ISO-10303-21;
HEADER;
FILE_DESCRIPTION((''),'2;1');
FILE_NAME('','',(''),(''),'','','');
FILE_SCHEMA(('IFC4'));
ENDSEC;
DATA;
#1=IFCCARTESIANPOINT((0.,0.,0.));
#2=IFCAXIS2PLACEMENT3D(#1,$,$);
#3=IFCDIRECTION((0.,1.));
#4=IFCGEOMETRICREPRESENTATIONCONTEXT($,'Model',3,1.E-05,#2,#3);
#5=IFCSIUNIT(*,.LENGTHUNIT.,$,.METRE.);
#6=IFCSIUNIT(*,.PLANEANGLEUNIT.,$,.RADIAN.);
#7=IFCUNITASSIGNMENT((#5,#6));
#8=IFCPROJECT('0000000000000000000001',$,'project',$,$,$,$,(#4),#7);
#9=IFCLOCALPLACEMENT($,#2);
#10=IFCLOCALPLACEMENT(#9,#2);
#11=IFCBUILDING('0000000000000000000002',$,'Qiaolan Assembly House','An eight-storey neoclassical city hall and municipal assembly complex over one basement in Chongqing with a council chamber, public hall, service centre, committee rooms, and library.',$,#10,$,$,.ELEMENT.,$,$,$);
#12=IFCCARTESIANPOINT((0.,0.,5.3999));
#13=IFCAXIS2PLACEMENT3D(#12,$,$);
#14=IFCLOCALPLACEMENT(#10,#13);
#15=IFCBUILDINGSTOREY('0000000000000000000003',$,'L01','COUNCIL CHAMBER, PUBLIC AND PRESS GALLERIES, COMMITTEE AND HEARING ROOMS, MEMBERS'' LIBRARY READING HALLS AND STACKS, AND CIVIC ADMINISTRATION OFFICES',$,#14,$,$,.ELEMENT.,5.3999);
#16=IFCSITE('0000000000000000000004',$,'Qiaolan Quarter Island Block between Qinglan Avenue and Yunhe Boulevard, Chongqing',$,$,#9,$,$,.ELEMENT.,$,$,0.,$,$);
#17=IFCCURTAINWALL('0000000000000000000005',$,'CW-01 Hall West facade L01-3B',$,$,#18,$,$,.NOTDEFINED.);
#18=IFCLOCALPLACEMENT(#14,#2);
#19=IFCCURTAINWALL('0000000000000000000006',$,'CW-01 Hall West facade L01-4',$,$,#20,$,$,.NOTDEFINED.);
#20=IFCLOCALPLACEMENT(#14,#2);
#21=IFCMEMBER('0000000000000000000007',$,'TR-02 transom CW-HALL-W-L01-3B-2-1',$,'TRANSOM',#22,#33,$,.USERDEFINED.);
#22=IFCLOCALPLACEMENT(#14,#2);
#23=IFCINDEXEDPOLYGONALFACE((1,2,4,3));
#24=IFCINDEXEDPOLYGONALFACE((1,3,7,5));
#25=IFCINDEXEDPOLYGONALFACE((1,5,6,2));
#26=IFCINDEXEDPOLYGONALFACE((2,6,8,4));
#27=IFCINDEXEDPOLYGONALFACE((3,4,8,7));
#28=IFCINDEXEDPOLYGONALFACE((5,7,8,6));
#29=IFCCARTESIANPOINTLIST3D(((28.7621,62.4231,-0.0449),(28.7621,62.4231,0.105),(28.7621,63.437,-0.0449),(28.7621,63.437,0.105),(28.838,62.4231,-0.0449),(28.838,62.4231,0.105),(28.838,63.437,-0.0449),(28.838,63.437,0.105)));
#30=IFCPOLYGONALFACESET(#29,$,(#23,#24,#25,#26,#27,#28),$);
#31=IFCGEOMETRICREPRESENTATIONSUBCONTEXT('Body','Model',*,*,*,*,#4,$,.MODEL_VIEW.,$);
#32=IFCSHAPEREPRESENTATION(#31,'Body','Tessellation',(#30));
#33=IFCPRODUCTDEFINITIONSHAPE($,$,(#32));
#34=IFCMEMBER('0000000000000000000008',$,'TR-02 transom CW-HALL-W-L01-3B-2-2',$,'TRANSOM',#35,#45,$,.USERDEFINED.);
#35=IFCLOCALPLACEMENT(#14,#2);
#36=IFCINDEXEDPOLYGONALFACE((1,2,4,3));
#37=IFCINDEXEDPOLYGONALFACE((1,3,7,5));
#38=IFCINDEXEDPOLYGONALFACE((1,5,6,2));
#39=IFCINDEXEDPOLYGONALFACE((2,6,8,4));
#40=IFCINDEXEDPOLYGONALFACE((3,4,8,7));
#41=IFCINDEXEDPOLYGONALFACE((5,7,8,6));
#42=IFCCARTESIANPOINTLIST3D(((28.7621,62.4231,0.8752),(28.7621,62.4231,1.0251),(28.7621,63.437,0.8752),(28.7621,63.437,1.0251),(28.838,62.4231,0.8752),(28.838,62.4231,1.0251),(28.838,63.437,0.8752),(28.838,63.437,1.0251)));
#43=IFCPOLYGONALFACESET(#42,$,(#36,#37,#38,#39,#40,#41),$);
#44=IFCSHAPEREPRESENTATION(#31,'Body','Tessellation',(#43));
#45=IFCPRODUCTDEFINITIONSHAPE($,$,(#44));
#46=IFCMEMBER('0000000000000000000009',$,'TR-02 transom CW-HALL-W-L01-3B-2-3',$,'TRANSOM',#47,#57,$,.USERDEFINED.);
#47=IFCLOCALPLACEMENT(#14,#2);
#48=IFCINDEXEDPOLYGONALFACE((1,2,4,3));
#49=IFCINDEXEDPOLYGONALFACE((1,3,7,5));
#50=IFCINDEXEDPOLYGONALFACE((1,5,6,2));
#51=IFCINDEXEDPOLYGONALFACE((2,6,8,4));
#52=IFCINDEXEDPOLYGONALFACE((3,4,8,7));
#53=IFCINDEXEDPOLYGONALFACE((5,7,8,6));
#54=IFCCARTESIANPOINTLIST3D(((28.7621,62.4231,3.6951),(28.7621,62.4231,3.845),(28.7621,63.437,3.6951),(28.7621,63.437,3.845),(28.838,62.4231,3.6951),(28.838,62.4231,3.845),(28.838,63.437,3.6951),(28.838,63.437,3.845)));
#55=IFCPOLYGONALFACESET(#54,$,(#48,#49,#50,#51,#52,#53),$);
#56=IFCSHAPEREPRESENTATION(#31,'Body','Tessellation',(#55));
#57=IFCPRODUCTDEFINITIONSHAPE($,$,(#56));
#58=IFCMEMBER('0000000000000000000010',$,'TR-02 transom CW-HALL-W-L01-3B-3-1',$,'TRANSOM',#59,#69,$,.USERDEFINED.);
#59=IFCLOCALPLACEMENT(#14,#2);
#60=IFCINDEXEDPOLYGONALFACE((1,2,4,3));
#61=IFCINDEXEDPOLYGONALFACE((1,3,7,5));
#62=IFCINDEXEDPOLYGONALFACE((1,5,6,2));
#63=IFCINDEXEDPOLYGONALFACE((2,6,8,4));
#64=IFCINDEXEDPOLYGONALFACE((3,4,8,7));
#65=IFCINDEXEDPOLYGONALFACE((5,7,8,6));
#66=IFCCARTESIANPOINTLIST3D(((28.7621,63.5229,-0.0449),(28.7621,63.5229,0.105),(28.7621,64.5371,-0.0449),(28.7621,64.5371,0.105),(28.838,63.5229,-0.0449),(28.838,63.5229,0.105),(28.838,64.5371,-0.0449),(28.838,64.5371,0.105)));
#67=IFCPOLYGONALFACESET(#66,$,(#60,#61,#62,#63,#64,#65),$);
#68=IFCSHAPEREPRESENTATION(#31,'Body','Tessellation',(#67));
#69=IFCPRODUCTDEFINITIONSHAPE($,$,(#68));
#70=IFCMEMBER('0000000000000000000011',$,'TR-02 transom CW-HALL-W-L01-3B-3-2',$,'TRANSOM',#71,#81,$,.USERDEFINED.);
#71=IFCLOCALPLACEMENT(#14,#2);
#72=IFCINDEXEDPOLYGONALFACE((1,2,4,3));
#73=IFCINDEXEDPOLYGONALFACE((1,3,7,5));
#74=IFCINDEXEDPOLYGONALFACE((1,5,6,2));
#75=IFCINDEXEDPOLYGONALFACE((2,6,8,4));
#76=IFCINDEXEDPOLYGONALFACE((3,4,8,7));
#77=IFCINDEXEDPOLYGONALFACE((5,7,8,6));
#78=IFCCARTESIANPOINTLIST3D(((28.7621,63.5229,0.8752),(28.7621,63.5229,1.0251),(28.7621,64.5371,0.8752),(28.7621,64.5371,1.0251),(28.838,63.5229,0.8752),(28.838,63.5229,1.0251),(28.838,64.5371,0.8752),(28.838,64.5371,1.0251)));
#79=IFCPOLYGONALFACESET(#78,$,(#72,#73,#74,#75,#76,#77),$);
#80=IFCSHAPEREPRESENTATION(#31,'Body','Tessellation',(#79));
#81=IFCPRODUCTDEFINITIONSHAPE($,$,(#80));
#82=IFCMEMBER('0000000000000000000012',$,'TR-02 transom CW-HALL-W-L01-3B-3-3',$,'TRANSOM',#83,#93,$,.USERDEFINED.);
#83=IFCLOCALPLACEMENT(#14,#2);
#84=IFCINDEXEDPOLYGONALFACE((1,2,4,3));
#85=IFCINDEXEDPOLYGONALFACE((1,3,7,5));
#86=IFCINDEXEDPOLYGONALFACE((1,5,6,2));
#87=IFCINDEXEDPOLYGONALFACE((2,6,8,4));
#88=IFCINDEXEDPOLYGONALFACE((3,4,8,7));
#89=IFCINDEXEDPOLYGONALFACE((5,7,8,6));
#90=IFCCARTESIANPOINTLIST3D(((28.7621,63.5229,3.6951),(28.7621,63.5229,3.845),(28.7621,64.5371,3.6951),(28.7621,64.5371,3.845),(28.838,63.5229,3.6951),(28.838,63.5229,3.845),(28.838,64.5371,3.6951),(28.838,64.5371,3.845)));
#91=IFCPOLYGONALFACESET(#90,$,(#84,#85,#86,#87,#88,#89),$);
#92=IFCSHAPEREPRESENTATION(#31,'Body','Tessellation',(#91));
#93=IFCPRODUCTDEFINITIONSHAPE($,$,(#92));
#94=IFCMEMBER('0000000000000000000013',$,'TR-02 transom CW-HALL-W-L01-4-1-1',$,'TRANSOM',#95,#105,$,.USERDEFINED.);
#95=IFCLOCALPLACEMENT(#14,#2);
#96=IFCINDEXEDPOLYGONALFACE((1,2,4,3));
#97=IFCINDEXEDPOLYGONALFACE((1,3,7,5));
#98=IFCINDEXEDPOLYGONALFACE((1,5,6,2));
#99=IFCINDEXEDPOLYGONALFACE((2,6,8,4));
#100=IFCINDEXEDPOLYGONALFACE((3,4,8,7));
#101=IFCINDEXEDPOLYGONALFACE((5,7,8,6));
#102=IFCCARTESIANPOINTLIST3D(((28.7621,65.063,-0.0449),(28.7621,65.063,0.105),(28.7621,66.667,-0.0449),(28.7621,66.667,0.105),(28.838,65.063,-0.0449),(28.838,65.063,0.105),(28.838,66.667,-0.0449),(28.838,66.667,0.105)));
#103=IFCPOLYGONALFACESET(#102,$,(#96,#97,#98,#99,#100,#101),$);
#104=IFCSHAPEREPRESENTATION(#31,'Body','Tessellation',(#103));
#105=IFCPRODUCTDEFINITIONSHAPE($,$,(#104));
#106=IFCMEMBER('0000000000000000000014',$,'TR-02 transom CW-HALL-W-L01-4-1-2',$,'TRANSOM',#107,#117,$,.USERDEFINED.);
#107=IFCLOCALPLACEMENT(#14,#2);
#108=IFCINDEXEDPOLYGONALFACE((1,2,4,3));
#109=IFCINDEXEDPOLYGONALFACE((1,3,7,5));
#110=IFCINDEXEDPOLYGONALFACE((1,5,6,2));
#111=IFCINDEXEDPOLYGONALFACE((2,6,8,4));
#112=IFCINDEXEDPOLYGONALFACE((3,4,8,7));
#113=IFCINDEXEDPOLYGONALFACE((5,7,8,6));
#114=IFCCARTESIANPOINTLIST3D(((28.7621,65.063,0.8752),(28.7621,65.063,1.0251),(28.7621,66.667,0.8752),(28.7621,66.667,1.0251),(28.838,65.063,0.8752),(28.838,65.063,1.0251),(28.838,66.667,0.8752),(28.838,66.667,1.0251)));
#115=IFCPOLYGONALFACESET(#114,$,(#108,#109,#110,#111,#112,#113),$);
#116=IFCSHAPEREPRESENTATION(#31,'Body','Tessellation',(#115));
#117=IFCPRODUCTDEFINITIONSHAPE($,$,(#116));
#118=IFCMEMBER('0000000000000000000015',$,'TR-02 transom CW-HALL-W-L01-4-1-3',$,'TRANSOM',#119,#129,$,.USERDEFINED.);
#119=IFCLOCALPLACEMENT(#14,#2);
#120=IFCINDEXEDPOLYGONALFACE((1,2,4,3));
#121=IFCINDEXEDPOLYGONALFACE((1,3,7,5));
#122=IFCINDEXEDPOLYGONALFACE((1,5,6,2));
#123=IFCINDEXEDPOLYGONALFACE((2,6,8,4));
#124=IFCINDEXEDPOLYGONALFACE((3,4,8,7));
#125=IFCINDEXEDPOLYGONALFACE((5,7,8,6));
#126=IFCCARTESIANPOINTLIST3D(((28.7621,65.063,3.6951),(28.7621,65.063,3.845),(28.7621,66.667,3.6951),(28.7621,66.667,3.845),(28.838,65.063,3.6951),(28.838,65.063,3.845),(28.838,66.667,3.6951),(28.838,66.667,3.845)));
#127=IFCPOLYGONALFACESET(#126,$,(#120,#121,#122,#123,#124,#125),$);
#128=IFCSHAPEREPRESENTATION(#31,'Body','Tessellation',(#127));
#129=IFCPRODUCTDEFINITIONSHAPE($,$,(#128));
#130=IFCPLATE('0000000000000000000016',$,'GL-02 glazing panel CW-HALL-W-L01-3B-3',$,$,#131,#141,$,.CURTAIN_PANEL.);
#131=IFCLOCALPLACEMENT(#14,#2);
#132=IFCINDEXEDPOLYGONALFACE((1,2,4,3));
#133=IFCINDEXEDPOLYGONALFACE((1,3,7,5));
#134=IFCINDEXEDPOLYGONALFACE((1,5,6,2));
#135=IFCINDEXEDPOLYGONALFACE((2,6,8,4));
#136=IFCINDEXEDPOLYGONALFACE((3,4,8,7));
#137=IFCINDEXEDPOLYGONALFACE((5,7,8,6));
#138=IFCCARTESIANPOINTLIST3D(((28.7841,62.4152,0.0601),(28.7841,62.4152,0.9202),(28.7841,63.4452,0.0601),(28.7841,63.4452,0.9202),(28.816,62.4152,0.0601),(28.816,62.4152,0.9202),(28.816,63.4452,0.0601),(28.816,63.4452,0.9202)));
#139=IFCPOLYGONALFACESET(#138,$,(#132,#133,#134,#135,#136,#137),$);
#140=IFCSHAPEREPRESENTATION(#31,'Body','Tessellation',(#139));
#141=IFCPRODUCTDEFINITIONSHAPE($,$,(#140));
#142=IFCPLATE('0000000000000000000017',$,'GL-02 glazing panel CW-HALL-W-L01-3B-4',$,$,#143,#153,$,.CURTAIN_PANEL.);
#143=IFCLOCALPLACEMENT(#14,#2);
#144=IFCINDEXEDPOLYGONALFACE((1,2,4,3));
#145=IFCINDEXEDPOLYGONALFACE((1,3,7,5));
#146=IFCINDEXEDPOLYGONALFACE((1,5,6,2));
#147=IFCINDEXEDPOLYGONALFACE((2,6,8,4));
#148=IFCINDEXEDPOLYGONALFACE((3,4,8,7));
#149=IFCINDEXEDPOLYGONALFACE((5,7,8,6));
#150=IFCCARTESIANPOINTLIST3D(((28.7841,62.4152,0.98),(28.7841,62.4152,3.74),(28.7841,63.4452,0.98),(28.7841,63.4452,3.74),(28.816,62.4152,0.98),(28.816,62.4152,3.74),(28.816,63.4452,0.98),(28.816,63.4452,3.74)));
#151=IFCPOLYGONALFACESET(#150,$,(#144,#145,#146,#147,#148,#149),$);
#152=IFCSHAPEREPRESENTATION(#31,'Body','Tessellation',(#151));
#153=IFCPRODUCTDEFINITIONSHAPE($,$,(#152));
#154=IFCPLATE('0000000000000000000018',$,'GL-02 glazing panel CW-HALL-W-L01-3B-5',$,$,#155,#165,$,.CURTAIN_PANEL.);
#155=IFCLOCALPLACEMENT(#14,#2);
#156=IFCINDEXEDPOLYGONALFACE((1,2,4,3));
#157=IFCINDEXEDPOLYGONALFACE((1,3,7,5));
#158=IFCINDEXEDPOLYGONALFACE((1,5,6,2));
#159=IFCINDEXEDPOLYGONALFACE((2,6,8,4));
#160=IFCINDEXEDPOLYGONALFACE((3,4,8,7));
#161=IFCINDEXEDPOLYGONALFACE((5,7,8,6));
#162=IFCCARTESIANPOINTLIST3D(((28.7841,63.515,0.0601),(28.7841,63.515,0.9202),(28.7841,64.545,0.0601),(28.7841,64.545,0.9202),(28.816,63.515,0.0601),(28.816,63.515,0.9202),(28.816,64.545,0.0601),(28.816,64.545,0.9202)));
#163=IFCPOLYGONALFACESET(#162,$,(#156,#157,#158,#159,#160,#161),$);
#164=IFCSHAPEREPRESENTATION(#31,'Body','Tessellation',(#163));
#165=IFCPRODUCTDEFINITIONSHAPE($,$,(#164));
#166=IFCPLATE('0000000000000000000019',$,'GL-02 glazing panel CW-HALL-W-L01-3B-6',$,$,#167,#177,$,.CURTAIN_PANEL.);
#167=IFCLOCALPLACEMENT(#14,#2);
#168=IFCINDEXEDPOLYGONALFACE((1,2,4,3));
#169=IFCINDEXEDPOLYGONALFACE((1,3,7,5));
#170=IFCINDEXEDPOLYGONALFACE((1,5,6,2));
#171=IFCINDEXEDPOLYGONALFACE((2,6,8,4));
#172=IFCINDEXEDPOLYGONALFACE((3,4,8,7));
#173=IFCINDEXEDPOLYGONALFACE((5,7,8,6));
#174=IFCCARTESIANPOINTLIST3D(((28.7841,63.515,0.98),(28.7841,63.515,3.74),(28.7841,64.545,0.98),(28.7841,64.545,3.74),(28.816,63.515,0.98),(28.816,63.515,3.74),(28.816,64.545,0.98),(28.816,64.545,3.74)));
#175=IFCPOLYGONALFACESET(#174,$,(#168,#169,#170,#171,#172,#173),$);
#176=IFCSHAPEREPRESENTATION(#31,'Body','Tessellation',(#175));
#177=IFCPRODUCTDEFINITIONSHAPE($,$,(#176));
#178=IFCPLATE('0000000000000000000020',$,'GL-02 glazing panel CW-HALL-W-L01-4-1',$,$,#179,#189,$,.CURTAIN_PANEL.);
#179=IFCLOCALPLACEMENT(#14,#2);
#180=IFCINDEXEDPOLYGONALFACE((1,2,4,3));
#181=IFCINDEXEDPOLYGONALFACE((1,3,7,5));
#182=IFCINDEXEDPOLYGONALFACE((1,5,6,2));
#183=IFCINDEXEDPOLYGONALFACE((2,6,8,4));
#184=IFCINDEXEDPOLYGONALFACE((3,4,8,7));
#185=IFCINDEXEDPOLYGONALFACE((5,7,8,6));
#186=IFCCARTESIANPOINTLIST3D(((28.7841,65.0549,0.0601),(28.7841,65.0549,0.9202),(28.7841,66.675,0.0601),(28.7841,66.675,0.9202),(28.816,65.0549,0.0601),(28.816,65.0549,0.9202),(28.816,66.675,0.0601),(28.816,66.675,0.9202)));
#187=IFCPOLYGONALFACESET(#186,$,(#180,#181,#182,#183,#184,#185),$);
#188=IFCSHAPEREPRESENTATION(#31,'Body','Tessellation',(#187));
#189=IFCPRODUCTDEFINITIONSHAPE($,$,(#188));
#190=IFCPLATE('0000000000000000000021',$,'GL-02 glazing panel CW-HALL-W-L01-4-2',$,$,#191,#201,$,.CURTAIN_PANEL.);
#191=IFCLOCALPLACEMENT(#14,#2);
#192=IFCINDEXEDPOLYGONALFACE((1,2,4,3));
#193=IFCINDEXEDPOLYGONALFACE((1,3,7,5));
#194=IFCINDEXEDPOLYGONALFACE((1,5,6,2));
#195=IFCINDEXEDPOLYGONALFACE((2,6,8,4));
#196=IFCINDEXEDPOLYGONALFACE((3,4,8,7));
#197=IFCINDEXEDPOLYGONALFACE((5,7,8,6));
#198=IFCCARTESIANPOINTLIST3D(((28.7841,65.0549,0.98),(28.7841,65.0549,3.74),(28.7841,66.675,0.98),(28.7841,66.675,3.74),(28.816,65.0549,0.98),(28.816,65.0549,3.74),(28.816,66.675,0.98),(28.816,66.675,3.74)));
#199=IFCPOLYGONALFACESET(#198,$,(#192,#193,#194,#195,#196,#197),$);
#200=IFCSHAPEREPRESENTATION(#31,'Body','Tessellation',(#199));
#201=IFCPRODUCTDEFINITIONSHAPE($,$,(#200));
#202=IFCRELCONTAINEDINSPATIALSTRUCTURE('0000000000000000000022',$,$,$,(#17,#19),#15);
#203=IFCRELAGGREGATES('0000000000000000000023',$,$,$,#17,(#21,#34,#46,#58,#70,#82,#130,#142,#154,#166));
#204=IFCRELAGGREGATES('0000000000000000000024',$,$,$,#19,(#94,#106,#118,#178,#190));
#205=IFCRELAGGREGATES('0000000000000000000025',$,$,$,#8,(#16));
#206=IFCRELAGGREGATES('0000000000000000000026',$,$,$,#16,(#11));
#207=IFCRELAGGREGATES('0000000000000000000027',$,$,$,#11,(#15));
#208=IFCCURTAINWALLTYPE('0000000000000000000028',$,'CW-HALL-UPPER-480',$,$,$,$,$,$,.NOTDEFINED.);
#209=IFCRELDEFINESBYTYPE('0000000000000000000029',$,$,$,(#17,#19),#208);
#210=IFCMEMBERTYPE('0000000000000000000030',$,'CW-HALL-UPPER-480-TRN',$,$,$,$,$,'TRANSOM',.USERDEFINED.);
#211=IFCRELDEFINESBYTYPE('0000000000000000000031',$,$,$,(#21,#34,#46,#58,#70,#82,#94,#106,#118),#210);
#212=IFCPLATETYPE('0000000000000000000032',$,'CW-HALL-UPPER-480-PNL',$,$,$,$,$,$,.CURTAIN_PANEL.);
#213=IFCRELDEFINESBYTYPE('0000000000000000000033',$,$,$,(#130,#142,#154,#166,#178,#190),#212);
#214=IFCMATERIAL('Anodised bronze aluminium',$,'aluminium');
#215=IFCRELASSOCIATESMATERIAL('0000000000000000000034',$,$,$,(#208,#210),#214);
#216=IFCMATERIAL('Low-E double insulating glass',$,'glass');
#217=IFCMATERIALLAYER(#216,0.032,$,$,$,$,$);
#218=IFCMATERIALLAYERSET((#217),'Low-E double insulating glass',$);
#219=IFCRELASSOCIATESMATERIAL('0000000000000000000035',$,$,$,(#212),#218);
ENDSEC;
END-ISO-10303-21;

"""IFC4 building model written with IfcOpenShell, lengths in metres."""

from ifc_helpers import new_model, si_unit, direction, frame, frame_2d, origin, origin_2d, place, context, subcontext, project, spatial, rectangle, extrude, material, layer, layer_set, material_profile, profile_set, type_object, element, aggregate, save


model = new_model("IFC4")

# Units and contexts
model_context = context("Model", 3, precision=1e-05, world=origin(), true_north=direction((0.0, 1.0)))
body_context = subcontext(model_context, "Body", "Model", "MODEL_VIEW")
ifc_project = project(units=[si_unit("LENGTHUNIT", "METRE"), si_unit("PLANEANGLEUNIT", "RADIAN")], contexts=[model_context])

# Site, building, storey
site_placement = place(None, origin())
site = spatial("IfcSite", under=ifc_project, at=site_placement, Name="Qiaolan Quarter Island Block between Qinglan Avenue and Yunhe Boulevard, Chongqing", CompositionType="ELEMENT", RefElevation=0.0)
building_placement = place(site_placement, origin())
building = spatial("IfcBuilding", under=site, at=building_placement, Name="Qiaolan Assembly House", Description="An eight-storey neoclassical city hall and municipal assembly complex over one basement in Chongqing with a council chamber, public hall, service centre, committee rooms, and library.", CompositionType="ELEMENT")
storey_placement = place(building_placement, frame((0.0, 0.0, 5.3999)))
storey = spatial("IfcBuildingStorey", under=building, at=storey_placement, Name="L01", Description="COUNCIL CHAMBER, PUBLIC AND PRESS GALLERIES, COMMITTEE AND HEARING ROOMS, MEMBERS' LIBRARY READING HALLS AND STACKS, AND CIVIC ADMINISTRATION OFFICES", CompositionType="ELEMENT", Elevation=5.3999)

# Curtain walls
ifc_material_1 = material(Name="Anodised bronze aluminium", Category="aluminium")
curtain_wall_type = type_object("IfcCurtainWallType", Name="CW-HALL-UPPER-480", PredefinedType="NOTDEFINED", material=ifc_material_1)
curtain_wall_1_placement = place(storey_placement, origin())
curtain_wall_1 = element("IfcCurtainWall", 1, at=curtain_wall_1_placement, inside=storey, type_object=curtain_wall_type, Name="CW-01 Hall West facade L01-3B", PredefinedType="NOTDEFINED")
curtain_wall_2_placement = place(storey_placement, origin())
curtain_wall_2 = element("IfcCurtainWall", 2, at=curtain_wall_2_placement, inside=storey, type_object=curtain_wall_type, Name="CW-01 Hall West facade L01-4", PredefinedType="NOTDEFINED")

# Members
ifc_material_profile_1 = material_profile(ifc_material_1, rectangle(XDim=0.0759, YDim=0.1499, at=origin_2d()), Name="TRN 76x150")
ifc_profile_set_1 = profile_set([ifc_material_profile_1], Name="Anodised bronze aluminium")
member_type_1 = type_object("IfcMemberType", Name="CW-HALL-UPPER-480-TRN", ElementType="TRANSOM", PredefinedType="USERDEFINED", material=ifc_profile_set_1)
member_1_placement = place(storey_placement, frame((28.8, 62.4231, 0.03), z_axis=(0.0, 1.0, 0.0), x_axis=(-1.0, 0.0, 0.0)))
member_1 = element("IfcMember", 3, at=member_1_placement, type_object=member_type_1, Name="TR-02 transom CW-HALL-W-L01-3B-2-1", ObjectType="TRANSOM", PredefinedType="USERDEFINED", context=body_context, shape_type="SweptSolid", body=[
    extrude(rectangle(XDim=0.0759, YDim=0.1499, at=origin_2d()), origin(), (0.0, 0.0, 1.0), 1.0139),
])
member_2_placement = place(storey_placement, frame((28.8, 62.4231, 0.9502), z_axis=(0.0, 1.0, 0.0), x_axis=(-1.0, 0.0, 0.0)))
member_2 = element("IfcMember", 4, at=member_2_placement, type_object=member_type_1, Name="TR-02 transom CW-HALL-W-L01-3B-2-2", ObjectType="TRANSOM", PredefinedType="USERDEFINED", context=body_context, shape_type="SweptSolid", body=[
    extrude(rectangle(XDim=0.0759, YDim=0.1499, at=origin_2d()), origin(), (0.0, 0.0, 1.0), 1.0139),
])
member_3_placement = place(storey_placement, frame((28.8, 62.4231, 3.77), z_axis=(0.0, 1.0, 0.0), x_axis=(-1.0, 0.0, 0.0)))
member_3 = element("IfcMember", 5, at=member_3_placement, type_object=member_type_1, Name="TR-02 transom CW-HALL-W-L01-3B-2-3", ObjectType="TRANSOM", PredefinedType="USERDEFINED", context=body_context, shape_type="SweptSolid", body=[
    extrude(rectangle(XDim=0.0759, YDim=0.1499, at=origin_2d()), origin(), (0.0, 0.0, 1.0), 1.0139),
])
member_4_placement = place(storey_placement, frame((28.8, 63.5229, 0.03), z_axis=(0.0, 1.0, 0.0), x_axis=(-1.0, 0.0, 0.0)))
member_4 = element("IfcMember", 6, at=member_4_placement, type_object=member_type_1, Name="TR-02 transom CW-HALL-W-L01-3B-3-1", ObjectType="TRANSOM", PredefinedType="USERDEFINED", context=body_context, shape_type="SweptSolid", body=[
    extrude(rectangle(XDim=0.0759, YDim=0.1499, at=origin_2d()), origin(), (0.0, 0.0, 1.0), 1.0142),
])
member_5_placement = place(storey_placement, frame((28.8, 63.5229, 0.9502), z_axis=(0.0, 1.0, 0.0), x_axis=(-1.0, 0.0, 0.0)))
member_5 = element("IfcMember", 7, at=member_5_placement, type_object=member_type_1, Name="TR-02 transom CW-HALL-W-L01-3B-3-2", ObjectType="TRANSOM", PredefinedType="USERDEFINED", context=body_context, shape_type="SweptSolid", body=[
    extrude(rectangle(XDim=0.0759, YDim=0.1499, at=origin_2d()), origin(), (0.0, 0.0, 1.0), 1.0142),
])
member_6_placement = place(storey_placement, frame((28.8, 63.5229, 3.77), z_axis=(0.0, 1.0, 0.0), x_axis=(-1.0, 0.0, 0.0)))
member_6 = element("IfcMember", 8, at=member_6_placement, type_object=member_type_1, Name="TR-02 transom CW-HALL-W-L01-3B-3-3", ObjectType="TRANSOM", PredefinedType="USERDEFINED", context=body_context, shape_type="SweptSolid", body=[
    extrude(rectangle(XDim=0.0759, YDim=0.1499, at=origin_2d()), origin(), (0.0, 0.0, 1.0), 1.0142),
])
member_7_placement = place(storey_placement, frame((28.8, 65.063, 0.03), z_axis=(0.0, 1.0, 0.0), x_axis=(-1.0, 0.0, 0.0)))
member_7 = element("IfcMember", 9, at=member_7_placement, type_object=member_type_1, Name="TR-02 transom CW-HALL-W-L01-4-1-1", ObjectType="TRANSOM", PredefinedType="USERDEFINED", context=body_context, shape_type="SweptSolid", body=[
    extrude(rectangle(XDim=0.0759, YDim=0.1499, at=origin_2d()), origin(), (0.0, 0.0, 1.0), 1.604),
])
member_8_placement = place(storey_placement, frame((28.8, 65.063, 0.9502), z_axis=(0.0, 1.0, 0.0), x_axis=(-1.0, 0.0, 0.0)))
member_8 = element("IfcMember", 10, at=member_8_placement, type_object=member_type_1, Name="TR-02 transom CW-HALL-W-L01-4-1-2", ObjectType="TRANSOM", PredefinedType="USERDEFINED", context=body_context, shape_type="SweptSolid", body=[
    extrude(rectangle(XDim=0.0759, YDim=0.1499, at=origin_2d()), origin(), (0.0, 0.0, 1.0), 1.604),
])
member_9_placement = place(storey_placement, frame((28.8, 65.063, 3.77), z_axis=(0.0, 1.0, 0.0), x_axis=(-1.0, 0.0, 0.0)))
member_9 = element("IfcMember", 11, at=member_9_placement, type_object=member_type_1, Name="TR-02 transom CW-HALL-W-L01-4-1-3", ObjectType="TRANSOM", PredefinedType="USERDEFINED", context=body_context, shape_type="SweptSolid", body=[
    extrude(rectangle(XDim=0.0759, YDim=0.1499, at=origin_2d()), origin(), (0.0, 0.0, 1.0), 1.604),
])

# Plates
ifc_material_2 = material(Name="Low-E double insulating glass", Category="glass")
ifc_layer = layer(ifc_material_2, 0.032)
ifc_layer_set = layer_set([ifc_layer], Name="Low-E double insulating glass")
plate_type = type_object("IfcPlateType", Name="CW-HALL-UPPER-480-PNL", PredefinedType="CURTAIN_PANEL", material=ifc_layer_set)
plate_1_placement = place(storey_placement, frame((28.8, 62.415, 0.0601), z_axis=(0.0, 0.0, 1.0), x_axis=(0.0, 1.0, 0.0)))
plate_1 = element("IfcPlate", 12, at=plate_1_placement, type_object=plate_type, Name="GL-02 glazing panel CW-HALL-W-L01-3B-3", PredefinedType="CURTAIN_PANEL", context=body_context, shape_type="SweptSolid", body=[
    extrude(rectangle(XDim=1.03, YDim=0.032, at=frame_2d((0.5151, 0.0))), origin(), (0.0, 0.0, 1.0), 0.8601),
])
plate_2_placement = place(storey_placement, frame((28.8, 62.415, 0.98), z_axis=(0.0, 0.0, 1.0), x_axis=(0.0, 1.0, 0.0)))
plate_2 = element("IfcPlate", 13, at=plate_2_placement, type_object=plate_type, Name="GL-02 glazing panel CW-HALL-W-L01-3B-4", PredefinedType="CURTAIN_PANEL", context=body_context, shape_type="SweptSolid", body=[
    extrude(rectangle(XDim=1.03, YDim=0.032, at=frame_2d((0.5151, 0.0))), origin(), (0.0, 0.0, 1.0), 2.76),
])
plate_3_placement = place(storey_placement, frame((28.8, 63.5149, 0.0601), z_axis=(0.0, 0.0, 1.0), x_axis=(0.0, 1.0, 0.0)))
plate_3 = element("IfcPlate", 14, at=plate_3_placement, type_object=plate_type, Name="GL-02 glazing panel CW-HALL-W-L01-3B-5", PredefinedType="CURTAIN_PANEL", context=body_context, shape_type="SweptSolid", body=[
    extrude(rectangle(XDim=1.03, YDim=0.032, at=frame_2d((0.5151, 0.0))), origin(), (0.0, 0.0, 1.0), 0.8601),
])
plate_4_placement = place(storey_placement, frame((28.8, 63.5149, 0.98), z_axis=(0.0, 0.0, 1.0), x_axis=(0.0, 1.0, 0.0)))
plate_4 = element("IfcPlate", 15, at=plate_4_placement, type_object=plate_type, Name="GL-02 glazing panel CW-HALL-W-L01-3B-6", PredefinedType="CURTAIN_PANEL", context=body_context, shape_type="SweptSolid", body=[
    extrude(rectangle(XDim=1.03, YDim=0.032, at=frame_2d((0.5151, 0.0))), origin(), (0.0, 0.0, 1.0), 2.76),
])
aggregate(curtain_wall_1, [member_1, member_2, member_3, member_4, member_5, member_6, plate_1, plate_2, plate_3, plate_4])
plate_5_placement = place(storey_placement, frame((28.8, 65.0549, 0.0601), z_axis=(0.0, 0.0, 1.0), x_axis=(0.0, 1.0, 0.0)))
plate_5 = element("IfcPlate", 16, at=plate_5_placement, type_object=plate_type, Name="GL-02 glazing panel CW-HALL-W-L01-4-1", PredefinedType="CURTAIN_PANEL", context=body_context, shape_type="SweptSolid", body=[
    extrude(rectangle(XDim=1.6201, YDim=0.032, at=frame_2d((0.8101, 0.0))), origin(), (0.0, 0.0, 1.0), 0.8601),
])
plate_6_placement = place(storey_placement, frame((28.8, 65.0549, 0.98), z_axis=(0.0, 0.0, 1.0), x_axis=(0.0, 1.0, 0.0)))
plate_6 = element("IfcPlate", 17, at=plate_6_placement, type_object=plate_type, Name="GL-02 glazing panel CW-HALL-W-L01-4-2", PredefinedType="CURTAIN_PANEL", context=body_context, shape_type="SweptSolid", body=[
    extrude(rectangle(XDim=1.6201, YDim=0.032, at=frame_2d((0.8101, 0.0))), origin(), (0.0, 0.0, 1.0), 2.76),
])
aggregate(curtain_wall_2, [member_7, member_8, member_9, plate_5, plate_6])

save(model, "model.ifc")
